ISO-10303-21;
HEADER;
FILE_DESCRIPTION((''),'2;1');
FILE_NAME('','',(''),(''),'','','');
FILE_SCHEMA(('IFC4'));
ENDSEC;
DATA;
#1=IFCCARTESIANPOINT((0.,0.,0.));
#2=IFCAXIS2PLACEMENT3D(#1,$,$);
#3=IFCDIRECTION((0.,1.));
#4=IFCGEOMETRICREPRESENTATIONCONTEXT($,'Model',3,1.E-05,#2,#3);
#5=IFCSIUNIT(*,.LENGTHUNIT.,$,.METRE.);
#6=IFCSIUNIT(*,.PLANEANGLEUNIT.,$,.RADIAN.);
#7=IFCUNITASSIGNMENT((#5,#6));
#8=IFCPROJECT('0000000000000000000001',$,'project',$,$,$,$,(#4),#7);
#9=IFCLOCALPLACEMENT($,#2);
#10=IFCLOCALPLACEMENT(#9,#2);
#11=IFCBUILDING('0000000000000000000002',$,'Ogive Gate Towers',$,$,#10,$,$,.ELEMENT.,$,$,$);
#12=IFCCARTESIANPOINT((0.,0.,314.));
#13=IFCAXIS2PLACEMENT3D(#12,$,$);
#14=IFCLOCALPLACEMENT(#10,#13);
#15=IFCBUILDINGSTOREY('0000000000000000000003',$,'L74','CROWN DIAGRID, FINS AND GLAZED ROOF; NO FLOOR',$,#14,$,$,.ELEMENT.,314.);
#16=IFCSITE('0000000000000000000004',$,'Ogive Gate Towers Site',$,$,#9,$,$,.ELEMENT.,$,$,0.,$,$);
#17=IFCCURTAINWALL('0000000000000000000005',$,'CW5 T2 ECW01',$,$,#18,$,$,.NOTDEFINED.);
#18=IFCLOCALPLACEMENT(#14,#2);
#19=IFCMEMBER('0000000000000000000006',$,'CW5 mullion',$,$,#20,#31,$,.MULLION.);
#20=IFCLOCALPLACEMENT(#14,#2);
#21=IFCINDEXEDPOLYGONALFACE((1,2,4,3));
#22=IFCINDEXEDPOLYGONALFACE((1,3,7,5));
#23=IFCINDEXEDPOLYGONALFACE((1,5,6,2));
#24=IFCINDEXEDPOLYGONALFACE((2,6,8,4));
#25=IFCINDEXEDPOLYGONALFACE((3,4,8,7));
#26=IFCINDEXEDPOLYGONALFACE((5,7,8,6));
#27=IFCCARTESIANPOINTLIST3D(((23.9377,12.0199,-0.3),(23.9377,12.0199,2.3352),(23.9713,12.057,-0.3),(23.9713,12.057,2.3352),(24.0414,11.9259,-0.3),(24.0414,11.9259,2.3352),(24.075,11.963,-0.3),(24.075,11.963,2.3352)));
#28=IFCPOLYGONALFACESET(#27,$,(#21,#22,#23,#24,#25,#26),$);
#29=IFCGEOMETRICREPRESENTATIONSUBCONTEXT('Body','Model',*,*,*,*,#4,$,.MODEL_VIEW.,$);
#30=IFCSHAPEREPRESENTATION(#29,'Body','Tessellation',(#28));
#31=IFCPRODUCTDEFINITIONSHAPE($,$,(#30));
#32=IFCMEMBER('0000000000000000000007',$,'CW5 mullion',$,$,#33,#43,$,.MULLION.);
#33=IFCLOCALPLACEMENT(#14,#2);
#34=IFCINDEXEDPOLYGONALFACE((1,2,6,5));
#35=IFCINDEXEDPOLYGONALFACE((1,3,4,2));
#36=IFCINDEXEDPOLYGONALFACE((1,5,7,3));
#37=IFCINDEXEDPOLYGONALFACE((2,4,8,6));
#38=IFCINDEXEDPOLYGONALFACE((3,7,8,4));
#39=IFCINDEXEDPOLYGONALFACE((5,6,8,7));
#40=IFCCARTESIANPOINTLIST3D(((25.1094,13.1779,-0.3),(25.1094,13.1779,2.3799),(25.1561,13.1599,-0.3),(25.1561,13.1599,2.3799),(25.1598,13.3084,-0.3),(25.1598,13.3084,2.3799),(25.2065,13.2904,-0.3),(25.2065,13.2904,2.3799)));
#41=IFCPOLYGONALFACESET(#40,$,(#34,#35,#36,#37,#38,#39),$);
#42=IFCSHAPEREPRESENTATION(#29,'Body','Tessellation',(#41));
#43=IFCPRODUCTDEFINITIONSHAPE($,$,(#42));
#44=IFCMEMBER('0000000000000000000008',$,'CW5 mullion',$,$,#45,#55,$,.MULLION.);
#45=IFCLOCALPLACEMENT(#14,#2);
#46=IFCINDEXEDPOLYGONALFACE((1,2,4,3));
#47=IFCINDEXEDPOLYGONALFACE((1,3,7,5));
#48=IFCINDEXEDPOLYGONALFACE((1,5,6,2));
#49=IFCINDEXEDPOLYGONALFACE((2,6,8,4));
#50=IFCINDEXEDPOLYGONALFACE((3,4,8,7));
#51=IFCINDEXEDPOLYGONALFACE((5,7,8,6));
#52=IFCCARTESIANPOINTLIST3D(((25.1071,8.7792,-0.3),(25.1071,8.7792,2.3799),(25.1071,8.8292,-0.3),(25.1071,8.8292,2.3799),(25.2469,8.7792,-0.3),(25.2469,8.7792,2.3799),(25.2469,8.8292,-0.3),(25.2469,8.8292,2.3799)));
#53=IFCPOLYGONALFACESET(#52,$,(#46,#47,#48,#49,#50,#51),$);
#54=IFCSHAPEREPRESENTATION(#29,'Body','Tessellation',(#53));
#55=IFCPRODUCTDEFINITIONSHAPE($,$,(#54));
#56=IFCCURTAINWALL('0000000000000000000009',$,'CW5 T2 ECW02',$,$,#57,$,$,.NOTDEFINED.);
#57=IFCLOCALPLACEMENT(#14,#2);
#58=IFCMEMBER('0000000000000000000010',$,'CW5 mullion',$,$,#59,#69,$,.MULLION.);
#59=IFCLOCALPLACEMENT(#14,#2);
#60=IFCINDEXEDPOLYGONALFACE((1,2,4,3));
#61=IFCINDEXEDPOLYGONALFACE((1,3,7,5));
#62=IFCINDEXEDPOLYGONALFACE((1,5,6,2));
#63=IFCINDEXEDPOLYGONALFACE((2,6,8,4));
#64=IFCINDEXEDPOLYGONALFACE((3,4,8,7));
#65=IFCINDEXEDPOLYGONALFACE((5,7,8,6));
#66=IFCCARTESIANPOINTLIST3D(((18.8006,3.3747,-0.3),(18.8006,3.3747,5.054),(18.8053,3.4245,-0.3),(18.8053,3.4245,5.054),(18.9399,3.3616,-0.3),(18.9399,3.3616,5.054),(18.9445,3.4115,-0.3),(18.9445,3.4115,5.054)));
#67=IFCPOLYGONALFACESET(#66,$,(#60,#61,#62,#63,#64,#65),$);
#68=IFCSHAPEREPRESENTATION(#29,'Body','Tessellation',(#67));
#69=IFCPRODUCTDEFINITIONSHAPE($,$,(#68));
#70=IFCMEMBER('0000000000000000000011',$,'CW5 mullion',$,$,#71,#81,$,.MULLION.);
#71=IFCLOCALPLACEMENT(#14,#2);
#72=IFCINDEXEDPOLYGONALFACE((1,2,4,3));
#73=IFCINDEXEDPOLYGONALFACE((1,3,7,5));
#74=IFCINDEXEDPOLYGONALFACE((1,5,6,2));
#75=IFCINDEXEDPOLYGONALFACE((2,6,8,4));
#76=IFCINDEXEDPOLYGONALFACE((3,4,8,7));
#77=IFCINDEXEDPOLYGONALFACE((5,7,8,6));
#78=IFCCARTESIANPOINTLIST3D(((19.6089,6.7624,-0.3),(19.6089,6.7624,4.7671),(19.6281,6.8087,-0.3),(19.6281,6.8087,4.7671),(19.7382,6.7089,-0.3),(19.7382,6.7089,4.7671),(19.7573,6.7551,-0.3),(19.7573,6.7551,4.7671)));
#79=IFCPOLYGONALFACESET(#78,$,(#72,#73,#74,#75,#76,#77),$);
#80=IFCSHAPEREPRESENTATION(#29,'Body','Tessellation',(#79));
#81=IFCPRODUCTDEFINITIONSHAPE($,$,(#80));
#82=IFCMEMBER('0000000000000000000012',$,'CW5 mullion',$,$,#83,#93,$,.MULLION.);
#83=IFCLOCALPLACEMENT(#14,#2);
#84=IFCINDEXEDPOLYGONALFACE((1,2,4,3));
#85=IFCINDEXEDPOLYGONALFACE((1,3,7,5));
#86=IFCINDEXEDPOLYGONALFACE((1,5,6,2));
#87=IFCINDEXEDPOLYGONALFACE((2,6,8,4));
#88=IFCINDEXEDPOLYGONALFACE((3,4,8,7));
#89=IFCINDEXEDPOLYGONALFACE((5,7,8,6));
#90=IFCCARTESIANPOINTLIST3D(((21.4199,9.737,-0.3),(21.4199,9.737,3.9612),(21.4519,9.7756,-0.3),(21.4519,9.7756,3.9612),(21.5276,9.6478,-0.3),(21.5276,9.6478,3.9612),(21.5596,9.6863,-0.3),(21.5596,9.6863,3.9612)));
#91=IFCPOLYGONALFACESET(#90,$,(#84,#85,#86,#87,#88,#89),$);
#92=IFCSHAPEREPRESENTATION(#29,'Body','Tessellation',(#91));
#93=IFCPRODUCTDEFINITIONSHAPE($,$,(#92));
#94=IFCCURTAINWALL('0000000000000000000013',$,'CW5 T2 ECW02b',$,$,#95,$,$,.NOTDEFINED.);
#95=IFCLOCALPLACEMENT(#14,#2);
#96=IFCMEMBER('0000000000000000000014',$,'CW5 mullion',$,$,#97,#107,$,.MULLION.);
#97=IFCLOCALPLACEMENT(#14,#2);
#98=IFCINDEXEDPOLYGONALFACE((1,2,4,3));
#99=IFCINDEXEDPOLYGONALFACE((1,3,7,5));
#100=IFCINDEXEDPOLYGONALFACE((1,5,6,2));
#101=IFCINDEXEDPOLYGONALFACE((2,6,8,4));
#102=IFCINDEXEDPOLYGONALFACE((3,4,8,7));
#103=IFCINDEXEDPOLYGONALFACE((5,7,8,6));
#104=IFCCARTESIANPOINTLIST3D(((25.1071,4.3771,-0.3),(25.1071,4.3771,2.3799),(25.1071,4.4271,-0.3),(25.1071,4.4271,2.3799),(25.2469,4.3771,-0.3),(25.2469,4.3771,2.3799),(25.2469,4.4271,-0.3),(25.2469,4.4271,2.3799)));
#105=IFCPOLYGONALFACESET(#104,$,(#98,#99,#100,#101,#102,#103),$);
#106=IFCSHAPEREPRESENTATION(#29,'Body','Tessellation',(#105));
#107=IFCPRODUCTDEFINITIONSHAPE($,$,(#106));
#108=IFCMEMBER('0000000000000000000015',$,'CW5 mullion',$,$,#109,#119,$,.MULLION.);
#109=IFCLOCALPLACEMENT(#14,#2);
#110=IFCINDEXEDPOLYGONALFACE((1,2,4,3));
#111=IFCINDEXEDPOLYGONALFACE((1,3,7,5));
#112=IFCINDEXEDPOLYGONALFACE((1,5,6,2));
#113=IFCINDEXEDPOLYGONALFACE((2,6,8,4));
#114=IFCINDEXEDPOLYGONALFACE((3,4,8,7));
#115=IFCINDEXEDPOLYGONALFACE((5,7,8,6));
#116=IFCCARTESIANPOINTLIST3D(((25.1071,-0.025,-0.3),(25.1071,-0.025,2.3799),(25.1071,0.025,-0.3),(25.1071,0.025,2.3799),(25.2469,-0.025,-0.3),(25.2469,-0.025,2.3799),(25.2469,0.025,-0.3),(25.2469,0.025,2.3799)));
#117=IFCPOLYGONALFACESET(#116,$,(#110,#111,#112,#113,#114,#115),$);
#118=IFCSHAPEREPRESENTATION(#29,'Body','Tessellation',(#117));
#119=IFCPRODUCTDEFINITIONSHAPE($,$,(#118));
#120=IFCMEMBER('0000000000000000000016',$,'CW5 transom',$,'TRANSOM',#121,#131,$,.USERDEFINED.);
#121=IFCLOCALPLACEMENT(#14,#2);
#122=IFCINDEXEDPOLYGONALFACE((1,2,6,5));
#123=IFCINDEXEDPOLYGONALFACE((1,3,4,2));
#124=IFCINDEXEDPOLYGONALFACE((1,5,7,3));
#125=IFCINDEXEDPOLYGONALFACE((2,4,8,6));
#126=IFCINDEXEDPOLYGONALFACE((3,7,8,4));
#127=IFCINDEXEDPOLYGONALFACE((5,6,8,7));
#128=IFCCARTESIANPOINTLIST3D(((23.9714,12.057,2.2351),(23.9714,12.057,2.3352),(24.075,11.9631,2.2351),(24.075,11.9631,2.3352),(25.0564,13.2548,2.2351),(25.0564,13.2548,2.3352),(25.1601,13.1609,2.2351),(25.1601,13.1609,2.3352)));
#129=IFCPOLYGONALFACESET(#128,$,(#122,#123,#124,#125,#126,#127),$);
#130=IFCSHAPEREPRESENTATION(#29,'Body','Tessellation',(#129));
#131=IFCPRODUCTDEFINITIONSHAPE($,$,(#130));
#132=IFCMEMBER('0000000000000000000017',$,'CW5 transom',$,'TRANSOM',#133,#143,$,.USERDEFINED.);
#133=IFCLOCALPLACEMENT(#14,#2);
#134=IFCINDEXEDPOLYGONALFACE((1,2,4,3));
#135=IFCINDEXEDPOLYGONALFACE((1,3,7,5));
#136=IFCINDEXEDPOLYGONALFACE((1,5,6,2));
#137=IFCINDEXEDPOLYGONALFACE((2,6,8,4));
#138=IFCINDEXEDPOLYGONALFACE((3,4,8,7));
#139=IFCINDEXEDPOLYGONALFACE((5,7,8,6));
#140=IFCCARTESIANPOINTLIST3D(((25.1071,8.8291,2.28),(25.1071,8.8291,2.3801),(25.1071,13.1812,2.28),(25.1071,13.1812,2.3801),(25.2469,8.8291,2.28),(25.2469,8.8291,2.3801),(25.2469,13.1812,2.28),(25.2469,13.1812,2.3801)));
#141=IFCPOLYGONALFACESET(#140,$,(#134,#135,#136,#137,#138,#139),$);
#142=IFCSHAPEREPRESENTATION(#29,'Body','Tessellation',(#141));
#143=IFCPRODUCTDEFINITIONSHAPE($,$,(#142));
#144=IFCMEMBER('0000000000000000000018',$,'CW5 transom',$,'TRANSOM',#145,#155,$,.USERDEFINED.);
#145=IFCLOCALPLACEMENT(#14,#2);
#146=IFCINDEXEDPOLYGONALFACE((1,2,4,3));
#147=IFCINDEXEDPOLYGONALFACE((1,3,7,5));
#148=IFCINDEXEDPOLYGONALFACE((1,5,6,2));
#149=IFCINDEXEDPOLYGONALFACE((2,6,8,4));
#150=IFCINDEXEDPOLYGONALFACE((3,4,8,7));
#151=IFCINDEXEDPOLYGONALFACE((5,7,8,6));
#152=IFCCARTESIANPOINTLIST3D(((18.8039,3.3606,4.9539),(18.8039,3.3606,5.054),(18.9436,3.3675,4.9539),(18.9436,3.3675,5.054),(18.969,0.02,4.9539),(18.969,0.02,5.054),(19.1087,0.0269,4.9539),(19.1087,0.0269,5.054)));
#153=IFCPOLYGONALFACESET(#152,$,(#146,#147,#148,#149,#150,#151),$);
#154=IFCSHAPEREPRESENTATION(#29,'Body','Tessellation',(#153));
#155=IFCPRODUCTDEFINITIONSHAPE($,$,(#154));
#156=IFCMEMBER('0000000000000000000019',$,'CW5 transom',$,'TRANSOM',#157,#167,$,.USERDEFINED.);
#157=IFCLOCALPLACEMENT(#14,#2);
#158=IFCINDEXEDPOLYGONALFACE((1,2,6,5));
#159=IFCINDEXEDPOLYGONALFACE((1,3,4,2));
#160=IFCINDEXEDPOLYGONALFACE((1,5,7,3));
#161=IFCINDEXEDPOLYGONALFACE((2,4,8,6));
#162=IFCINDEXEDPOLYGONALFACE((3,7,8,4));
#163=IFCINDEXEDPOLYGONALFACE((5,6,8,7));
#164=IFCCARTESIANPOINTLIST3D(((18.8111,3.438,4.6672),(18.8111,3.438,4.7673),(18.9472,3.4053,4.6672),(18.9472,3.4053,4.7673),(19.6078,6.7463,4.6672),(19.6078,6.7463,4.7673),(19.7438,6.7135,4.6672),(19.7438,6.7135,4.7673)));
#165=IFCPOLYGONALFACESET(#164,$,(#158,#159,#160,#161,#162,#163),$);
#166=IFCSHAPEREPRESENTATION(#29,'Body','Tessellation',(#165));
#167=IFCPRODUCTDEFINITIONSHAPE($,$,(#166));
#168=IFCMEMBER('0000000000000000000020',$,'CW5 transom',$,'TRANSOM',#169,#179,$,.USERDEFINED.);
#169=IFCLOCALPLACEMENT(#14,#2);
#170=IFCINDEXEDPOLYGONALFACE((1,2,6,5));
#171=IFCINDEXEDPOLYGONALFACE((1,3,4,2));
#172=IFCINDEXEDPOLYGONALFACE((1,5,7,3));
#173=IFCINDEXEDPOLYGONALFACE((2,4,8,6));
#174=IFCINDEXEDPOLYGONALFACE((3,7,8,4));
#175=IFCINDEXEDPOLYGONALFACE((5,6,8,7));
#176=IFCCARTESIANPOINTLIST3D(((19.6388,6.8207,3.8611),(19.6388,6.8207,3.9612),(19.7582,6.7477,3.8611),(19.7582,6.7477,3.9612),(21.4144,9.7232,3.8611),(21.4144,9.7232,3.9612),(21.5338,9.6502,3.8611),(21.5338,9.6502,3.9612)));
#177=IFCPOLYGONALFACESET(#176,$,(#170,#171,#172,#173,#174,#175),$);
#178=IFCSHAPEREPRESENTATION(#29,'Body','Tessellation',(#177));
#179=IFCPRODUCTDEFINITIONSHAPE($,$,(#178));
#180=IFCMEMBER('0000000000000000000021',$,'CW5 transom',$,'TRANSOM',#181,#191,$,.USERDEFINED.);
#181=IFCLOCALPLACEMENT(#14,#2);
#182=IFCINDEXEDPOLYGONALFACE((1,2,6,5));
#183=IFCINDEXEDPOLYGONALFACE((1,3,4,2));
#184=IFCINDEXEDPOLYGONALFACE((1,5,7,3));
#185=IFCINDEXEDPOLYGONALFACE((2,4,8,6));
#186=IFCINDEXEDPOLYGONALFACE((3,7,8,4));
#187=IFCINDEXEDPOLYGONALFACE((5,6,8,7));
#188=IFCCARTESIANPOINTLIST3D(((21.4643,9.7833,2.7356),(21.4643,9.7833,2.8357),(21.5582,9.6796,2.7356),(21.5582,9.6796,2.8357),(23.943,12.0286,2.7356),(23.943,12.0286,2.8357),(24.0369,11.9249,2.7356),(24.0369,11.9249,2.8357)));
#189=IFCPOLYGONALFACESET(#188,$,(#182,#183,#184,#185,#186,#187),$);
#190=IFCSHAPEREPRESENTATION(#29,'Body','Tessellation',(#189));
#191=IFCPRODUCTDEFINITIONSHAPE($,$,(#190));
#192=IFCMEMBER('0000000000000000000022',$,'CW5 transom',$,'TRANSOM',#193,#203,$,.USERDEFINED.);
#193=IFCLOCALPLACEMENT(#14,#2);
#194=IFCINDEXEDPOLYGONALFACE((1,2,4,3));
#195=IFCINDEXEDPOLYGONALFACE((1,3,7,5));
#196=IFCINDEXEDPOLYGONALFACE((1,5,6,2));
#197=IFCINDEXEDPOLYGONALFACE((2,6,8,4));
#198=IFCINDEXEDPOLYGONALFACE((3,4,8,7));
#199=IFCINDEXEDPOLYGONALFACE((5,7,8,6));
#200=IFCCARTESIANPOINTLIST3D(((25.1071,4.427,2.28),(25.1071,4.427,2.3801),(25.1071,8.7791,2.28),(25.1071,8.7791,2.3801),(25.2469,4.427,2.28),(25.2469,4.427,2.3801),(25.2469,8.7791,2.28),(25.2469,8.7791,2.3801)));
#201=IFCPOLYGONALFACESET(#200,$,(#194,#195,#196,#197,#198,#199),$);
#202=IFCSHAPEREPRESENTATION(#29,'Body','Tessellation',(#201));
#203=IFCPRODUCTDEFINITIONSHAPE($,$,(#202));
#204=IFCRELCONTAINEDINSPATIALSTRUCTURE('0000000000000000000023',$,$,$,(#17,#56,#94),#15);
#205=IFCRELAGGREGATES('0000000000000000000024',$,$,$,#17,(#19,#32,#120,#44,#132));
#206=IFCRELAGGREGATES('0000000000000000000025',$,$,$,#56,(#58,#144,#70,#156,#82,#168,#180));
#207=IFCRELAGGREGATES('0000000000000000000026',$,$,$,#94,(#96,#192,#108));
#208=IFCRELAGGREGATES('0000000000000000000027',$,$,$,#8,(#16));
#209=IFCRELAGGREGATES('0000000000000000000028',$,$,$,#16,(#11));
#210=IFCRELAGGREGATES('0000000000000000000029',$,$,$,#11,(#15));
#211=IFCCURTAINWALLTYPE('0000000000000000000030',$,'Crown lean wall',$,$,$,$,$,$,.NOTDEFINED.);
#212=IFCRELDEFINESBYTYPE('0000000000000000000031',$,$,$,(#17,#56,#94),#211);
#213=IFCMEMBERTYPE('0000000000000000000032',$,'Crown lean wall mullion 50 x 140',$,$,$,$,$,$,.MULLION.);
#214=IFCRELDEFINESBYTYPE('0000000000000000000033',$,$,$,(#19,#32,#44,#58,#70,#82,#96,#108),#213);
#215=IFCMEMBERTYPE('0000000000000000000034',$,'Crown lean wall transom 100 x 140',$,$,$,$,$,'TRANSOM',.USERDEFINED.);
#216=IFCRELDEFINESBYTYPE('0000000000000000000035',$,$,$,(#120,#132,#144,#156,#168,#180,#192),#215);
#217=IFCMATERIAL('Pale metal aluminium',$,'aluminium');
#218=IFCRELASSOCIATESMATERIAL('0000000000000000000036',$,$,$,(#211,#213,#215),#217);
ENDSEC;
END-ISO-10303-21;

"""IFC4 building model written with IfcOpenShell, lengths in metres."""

from ifc_helpers import new_model, si_unit, direction, frame, origin, origin_2d, place, context, subcontext, project, spatial, rectangle, extrude, material, material_profile, profile_set, type_object, element, aggregate, save


model = new_model("IFC4")

# Units and contexts
model_context = context("Model", 3, precision=1e-05, world=origin(), true_north=direction((0.0, 1.0)))
body_context = subcontext(model_context, "Body", "Model", "MODEL_VIEW")
ifc_project = project(units=[si_unit("LENGTHUNIT", "METRE"), si_unit("PLANEANGLEUNIT", "RADIAN")], contexts=[model_context])

# Site, building, storey
site_placement = place(None, origin())
site = spatial("IfcSite", under=ifc_project, at=site_placement, Name="Ogive Gate Towers Site", CompositionType="ELEMENT", RefElevation=0.0)
building_placement = place(site_placement, origin())
building = spatial("IfcBuilding", under=site, at=building_placement, Name="Ogive Gate Towers", CompositionType="ELEMENT")
storey_placement = place(building_placement, frame((0.0, 0.0, 314.0)))
storey = spatial("IfcBuildingStorey", under=building, at=storey_placement, Name="L74", Description="CROWN DIAGRID, FINS AND GLAZED ROOF; NO FLOOR", CompositionType="ELEMENT", Elevation=314.0)

# Curtain walls, members
ifc_material_1 = material(Name="Pale metal aluminium", Category="aluminium")
curtain_wall_type = type_object("IfcCurtainWallType", Name="Crown lean wall", PredefinedType="NOTDEFINED", material=ifc_material_1)
curtain_wall_1_placement = place(storey_placement, origin())
curtain_wall_1 = element("IfcCurtainWall", 1, at=curtain_wall_1_placement, inside=storey, type_object=curtain_wall_type, Name="CW5 T2 ECW01", PredefinedType="NOTDEFINED")
ifc_material_profile_1 = material_profile(ifc_material_1, rectangle(XDim=0.1399, YDim=0.05, at=origin_2d()), Name="50 x 140 aluminium box")
ifc_profile_set_1 = profile_set([ifc_material_profile_1], Name="Pale metal aluminium")
member_type_1 = type_object("IfcMemberType", Name="Crown lean wall mullion 50 x 140", PredefinedType="MULLION", material=ifc_profile_set_1)
member_1_placement = place(storey_placement, frame((24.0063, 11.9915, -0.3), z_axis=(0.0, 0.0, 1.0), x_axis=(0.741121, -0.671371, 0.0)))
member_1 = element("IfcMember", 2, at=member_1_placement, type_object=member_type_1, Name="CW5 mullion", PredefinedType="MULLION", context=body_context, shape_type="SweptSolid", body=[
    extrude(rectangle(XDim=0.1399, YDim=0.05, at=origin_2d()), origin(), (0.0, 0.0, 1.0), 2.6353),
])
member_2_placement = place(storey_placement, frame((25.158, 13.2341, -0.3), z_axis=(0.0, 0.0, 1.0), x_axis=(-0.359785, -0.933035, 0.0)))
member_2 = element("IfcMember", 3, at=member_2_placement, type_object=member_type_1, Name="CW5 mullion", PredefinedType="MULLION", context=body_context, shape_type="SweptSolid", body=[
    extrude(rectangle(XDim=0.1399, YDim=0.05, at=origin_2d()), origin(), (0.0, 0.0, 1.0), 2.6799),
])
member_3_placement = place(storey_placement, frame((25.177, 8.8042, -0.3), z_axis=(0.0, 0.0, 1.0), x_axis=(-1.0, 0.0, 0.0)))
member_3 = element("IfcMember", 4, at=member_3_placement, type_object=member_type_1, Name="CW5 mullion", PredefinedType="MULLION", context=body_context, shape_type="SweptSolid", body=[
    extrude(rectangle(XDim=0.1399, YDim=0.05, at=origin_2d()), origin(), (0.0, 0.0, 1.0), 2.6799),
])
curtain_wall_2_placement = place(storey_placement, origin())
curtain_wall_2 = element("IfcCurtainWall", 5, at=curtain_wall_2_placement, inside=storey, type_object=curtain_wall_type, Name="CW5 T2 ECW02", PredefinedType="NOTDEFINED")
member_4_placement = place(storey_placement, frame((18.8726, 3.3931, -0.3), z_axis=(0.0, 0.0, 1.0), x_axis=(0.995632, -0.093361, 0.0)))
member_4 = element("IfcMember", 6, at=member_4_placement, type_object=member_type_1, Name="CW5 mullion", PredefinedType="MULLION", context=body_context, shape_type="SweptSolid", body=[
    extrude(rectangle(XDim=0.1399, YDim=0.05, at=origin_2d()), origin(), (0.0, 0.0, 1.0), 5.354),
])
member_5_placement = place(storey_placement, frame((19.6831, 6.7588, -0.3), z_axis=(0.0, 0.0, 1.0), x_axis=(0.92388, -0.382683, 0.0)))
member_5 = element("IfcMember", 7, at=member_5_placement, type_object=member_type_1, Name="CW5 mullion", PredefinedType="MULLION", context=body_context, shape_type="SweptSolid", body=[
    extrude(rectangle(XDim=0.1399, YDim=0.05, at=origin_2d()), origin(), (0.0, 0.0, 1.0), 5.0671),
])
member_6_placement = place(storey_placement, frame((21.4897, 9.7117, -0.3), z_axis=(0.0, 0.0, 1.0), x_axis=(0.770035, -0.638002, 0.0)))
member_6 = element("IfcMember", 8, at=member_6_placement, type_object=member_type_1, Name="CW5 mullion", PredefinedType="MULLION", context=body_context, shape_type="SweptSolid", body=[
    extrude(rectangle(XDim=0.1399, YDim=0.05, at=origin_2d()), origin(), (0.0, 0.0, 1.0), 4.2612),
])
curtain_wall_3_placement = place(storey_placement, origin())
curtain_wall_3 = element("IfcCurtainWall", 9, at=curtain_wall_3_placement, inside=storey, type_object=curtain_wall_type, Name="CW5 T2 ECW02b", PredefinedType="NOTDEFINED")
member_7_placement = place(storey_placement, frame((25.177, 4.4021, -0.3), z_axis=(0.0, 0.0, 1.0), x_axis=(-1.0, 0.0, 0.0)))
member_7 = element("IfcMember", 10, at=member_7_placement, type_object=member_type_1, Name="CW5 mullion", PredefinedType="MULLION", context=body_context, shape_type="SweptSolid", body=[
    extrude(rectangle(XDim=0.1399, YDim=0.05, at=origin_2d()), origin(), (0.0, 0.0, 1.0), 2.6799),
])
member_8_placement = place(storey_placement, frame((25.177, 0.0, -0.3), z_axis=(0.0, 0.0, 1.0), x_axis=(-1.0, 0.0, 0.0)))
member_8 = element("IfcMember", 11, at=member_8_placement, type_object=member_type_1, Name="CW5 mullion", PredefinedType="MULLION", context=body_context, shape_type="SweptSolid", body=[
    extrude(rectangle(XDim=0.1399, YDim=0.05, at=origin_2d()), origin(), (0.0, 0.0, 1.0), 2.6799),
])

# Members
ifc_material_profile_2 = material_profile(ifc_material_1, rectangle(XDim=0.1399, YDim=0.1001, at=origin_2d()), Name="100 x 140 aluminium box")
ifc_profile_set_2 = profile_set([ifc_material_profile_2], Name="Pale metal aluminium")
member_type_2 = type_object("IfcMemberType", Name="Crown lean wall transom 100 x 140", ElementType="TRANSOM", PredefinedType="USERDEFINED", material=ifc_profile_set_2)
member_9_placement = place(storey_placement, frame((24.0232, 12.01, 2.2852), z_axis=(0.671348, 0.741142, 0.0), x_axis=(-0.741142, 0.671348, 0.0)))
member_9 = element("IfcMember", 12, at=member_9_placement, type_object=member_type_2, Name="CW5 transom", ObjectType="TRANSOM", PredefinedType="USERDEFINED", context=body_context, shape_type="SweptSolid", body=[
    extrude(rectangle(XDim=0.1399, YDim=0.1001, at=origin_2d()), origin(), (0.0, 0.0, 1.0), 1.6162),
])
member_10_placement = place(storey_placement, frame((25.177, 13.1812, 2.3301), z_axis=(0.0, -1.0, 0.0), x_axis=(1.0, 0.0, 0.0)))
member_10 = element("IfcMember", 13, at=member_10_placement, type_object=member_type_2, Name="CW5 transom", ObjectType="TRANSOM", PredefinedType="USERDEFINED", context=body_context, shape_type="SweptSolid", body=[
    extrude(rectangle(XDim=0.1399, YDim=0.1001, at=origin_2d()), origin(), (0.0, 0.0, 1.0), 4.3521),
])
member_11_placement = place(storey_placement, frame((19.0388, 0.0234, 5.0039), z_axis=(-0.049344, 0.998782, 0.0), x_axis=(-0.998782, -0.049344, 0.0)))
member_11 = element("IfcMember", 14, at=member_11_placement, type_object=member_type_2, Name="CW5 transom", ObjectType="TRANSOM", PredefinedType="USERDEFINED", context=body_context, shape_type="SweptSolid", body=[
    extrude(rectangle(XDim=0.1399, YDim=0.1001, at=origin_2d()), origin(), (0.0, 0.0, 1.0), 3.3447),
])
member_12_placement = place(storey_placement, frame((18.8792, 3.4216, 4.7173), z_axis=(0.234103, 0.972212, 0.0), x_axis=(-0.972212, 0.234103, 0.0)))
member_12 = element("IfcMember", 15, at=member_12_placement, type_object=member_type_2, Name="CW5 transom", ObjectType="TRANSOM", PredefinedType="USERDEFINED", context=body_context, shape_type="SweptSolid", body=[
    extrude(rectangle(XDim=0.1399, YDim=0.1001, at=origin_2d()), origin(), (0.0, 0.0, 1.0), 3.4028),
])
member_13_placement = place(storey_placement, frame((19.6985, 6.7842, 3.9111), z_axis=(0.521842, 0.853042, 0.0), x_axis=(-0.853042, 0.521842, 0.0)))
member_13 = element("IfcMember", 16, at=member_13_placement, type_object=member_type_2, Name="CW5 transom", ObjectType="TRANSOM", PredefinedType="USERDEFINED", context=body_context, shape_type="SweptSolid", body=[
    extrude(rectangle(XDim=0.1399, YDim=0.1001, at=origin_2d()), origin(), (0.0, 0.0, 1.0), 3.4026),
])
member_14_placement = place(storey_placement, frame((21.5112, 9.7314, 2.7856), z_axis=(0.741138, 0.671353, 0.0), x_axis=(-0.671353, 0.741138, 0.0)))
member_14 = element("IfcMember", 17, at=member_14_placement, type_object=member_type_2, Name="CW5 transom", ObjectType="TRANSOM", PredefinedType="USERDEFINED", context=body_context, shape_type="SweptSolid", body=[
    extrude(rectangle(XDim=0.1399, YDim=0.1001, at=origin_2d()), origin(), (0.0, 0.0, 1.0), 3.3445),
])
member_15_placement = place(storey_placement, frame((25.177, 8.7791, 2.3301), z_axis=(0.0, -1.0, 0.0), x_axis=(1.0, 0.0, 0.0)))
member_15 = element("IfcMember", 18, at=member_15_placement, type_object=member_type_2, Name="CW5 transom", ObjectType="TRANSOM", PredefinedType="USERDEFINED", context=body_context, shape_type="SweptSolid", body=[
    extrude(rectangle(XDim=0.1399, YDim=0.1001, at=origin_2d()), origin(), (0.0, 0.0, 1.0), 4.3521),
])

aggregate(curtain_wall_1, [member_1, member_2, member_9, member_3, member_10])
aggregate(curtain_wall_2, [member_4, member_11, member_5, member_12, member_6, member_13, member_14])
aggregate(curtain_wall_3, [member_7, member_15, member_8])

save(model, "model.ifc")
